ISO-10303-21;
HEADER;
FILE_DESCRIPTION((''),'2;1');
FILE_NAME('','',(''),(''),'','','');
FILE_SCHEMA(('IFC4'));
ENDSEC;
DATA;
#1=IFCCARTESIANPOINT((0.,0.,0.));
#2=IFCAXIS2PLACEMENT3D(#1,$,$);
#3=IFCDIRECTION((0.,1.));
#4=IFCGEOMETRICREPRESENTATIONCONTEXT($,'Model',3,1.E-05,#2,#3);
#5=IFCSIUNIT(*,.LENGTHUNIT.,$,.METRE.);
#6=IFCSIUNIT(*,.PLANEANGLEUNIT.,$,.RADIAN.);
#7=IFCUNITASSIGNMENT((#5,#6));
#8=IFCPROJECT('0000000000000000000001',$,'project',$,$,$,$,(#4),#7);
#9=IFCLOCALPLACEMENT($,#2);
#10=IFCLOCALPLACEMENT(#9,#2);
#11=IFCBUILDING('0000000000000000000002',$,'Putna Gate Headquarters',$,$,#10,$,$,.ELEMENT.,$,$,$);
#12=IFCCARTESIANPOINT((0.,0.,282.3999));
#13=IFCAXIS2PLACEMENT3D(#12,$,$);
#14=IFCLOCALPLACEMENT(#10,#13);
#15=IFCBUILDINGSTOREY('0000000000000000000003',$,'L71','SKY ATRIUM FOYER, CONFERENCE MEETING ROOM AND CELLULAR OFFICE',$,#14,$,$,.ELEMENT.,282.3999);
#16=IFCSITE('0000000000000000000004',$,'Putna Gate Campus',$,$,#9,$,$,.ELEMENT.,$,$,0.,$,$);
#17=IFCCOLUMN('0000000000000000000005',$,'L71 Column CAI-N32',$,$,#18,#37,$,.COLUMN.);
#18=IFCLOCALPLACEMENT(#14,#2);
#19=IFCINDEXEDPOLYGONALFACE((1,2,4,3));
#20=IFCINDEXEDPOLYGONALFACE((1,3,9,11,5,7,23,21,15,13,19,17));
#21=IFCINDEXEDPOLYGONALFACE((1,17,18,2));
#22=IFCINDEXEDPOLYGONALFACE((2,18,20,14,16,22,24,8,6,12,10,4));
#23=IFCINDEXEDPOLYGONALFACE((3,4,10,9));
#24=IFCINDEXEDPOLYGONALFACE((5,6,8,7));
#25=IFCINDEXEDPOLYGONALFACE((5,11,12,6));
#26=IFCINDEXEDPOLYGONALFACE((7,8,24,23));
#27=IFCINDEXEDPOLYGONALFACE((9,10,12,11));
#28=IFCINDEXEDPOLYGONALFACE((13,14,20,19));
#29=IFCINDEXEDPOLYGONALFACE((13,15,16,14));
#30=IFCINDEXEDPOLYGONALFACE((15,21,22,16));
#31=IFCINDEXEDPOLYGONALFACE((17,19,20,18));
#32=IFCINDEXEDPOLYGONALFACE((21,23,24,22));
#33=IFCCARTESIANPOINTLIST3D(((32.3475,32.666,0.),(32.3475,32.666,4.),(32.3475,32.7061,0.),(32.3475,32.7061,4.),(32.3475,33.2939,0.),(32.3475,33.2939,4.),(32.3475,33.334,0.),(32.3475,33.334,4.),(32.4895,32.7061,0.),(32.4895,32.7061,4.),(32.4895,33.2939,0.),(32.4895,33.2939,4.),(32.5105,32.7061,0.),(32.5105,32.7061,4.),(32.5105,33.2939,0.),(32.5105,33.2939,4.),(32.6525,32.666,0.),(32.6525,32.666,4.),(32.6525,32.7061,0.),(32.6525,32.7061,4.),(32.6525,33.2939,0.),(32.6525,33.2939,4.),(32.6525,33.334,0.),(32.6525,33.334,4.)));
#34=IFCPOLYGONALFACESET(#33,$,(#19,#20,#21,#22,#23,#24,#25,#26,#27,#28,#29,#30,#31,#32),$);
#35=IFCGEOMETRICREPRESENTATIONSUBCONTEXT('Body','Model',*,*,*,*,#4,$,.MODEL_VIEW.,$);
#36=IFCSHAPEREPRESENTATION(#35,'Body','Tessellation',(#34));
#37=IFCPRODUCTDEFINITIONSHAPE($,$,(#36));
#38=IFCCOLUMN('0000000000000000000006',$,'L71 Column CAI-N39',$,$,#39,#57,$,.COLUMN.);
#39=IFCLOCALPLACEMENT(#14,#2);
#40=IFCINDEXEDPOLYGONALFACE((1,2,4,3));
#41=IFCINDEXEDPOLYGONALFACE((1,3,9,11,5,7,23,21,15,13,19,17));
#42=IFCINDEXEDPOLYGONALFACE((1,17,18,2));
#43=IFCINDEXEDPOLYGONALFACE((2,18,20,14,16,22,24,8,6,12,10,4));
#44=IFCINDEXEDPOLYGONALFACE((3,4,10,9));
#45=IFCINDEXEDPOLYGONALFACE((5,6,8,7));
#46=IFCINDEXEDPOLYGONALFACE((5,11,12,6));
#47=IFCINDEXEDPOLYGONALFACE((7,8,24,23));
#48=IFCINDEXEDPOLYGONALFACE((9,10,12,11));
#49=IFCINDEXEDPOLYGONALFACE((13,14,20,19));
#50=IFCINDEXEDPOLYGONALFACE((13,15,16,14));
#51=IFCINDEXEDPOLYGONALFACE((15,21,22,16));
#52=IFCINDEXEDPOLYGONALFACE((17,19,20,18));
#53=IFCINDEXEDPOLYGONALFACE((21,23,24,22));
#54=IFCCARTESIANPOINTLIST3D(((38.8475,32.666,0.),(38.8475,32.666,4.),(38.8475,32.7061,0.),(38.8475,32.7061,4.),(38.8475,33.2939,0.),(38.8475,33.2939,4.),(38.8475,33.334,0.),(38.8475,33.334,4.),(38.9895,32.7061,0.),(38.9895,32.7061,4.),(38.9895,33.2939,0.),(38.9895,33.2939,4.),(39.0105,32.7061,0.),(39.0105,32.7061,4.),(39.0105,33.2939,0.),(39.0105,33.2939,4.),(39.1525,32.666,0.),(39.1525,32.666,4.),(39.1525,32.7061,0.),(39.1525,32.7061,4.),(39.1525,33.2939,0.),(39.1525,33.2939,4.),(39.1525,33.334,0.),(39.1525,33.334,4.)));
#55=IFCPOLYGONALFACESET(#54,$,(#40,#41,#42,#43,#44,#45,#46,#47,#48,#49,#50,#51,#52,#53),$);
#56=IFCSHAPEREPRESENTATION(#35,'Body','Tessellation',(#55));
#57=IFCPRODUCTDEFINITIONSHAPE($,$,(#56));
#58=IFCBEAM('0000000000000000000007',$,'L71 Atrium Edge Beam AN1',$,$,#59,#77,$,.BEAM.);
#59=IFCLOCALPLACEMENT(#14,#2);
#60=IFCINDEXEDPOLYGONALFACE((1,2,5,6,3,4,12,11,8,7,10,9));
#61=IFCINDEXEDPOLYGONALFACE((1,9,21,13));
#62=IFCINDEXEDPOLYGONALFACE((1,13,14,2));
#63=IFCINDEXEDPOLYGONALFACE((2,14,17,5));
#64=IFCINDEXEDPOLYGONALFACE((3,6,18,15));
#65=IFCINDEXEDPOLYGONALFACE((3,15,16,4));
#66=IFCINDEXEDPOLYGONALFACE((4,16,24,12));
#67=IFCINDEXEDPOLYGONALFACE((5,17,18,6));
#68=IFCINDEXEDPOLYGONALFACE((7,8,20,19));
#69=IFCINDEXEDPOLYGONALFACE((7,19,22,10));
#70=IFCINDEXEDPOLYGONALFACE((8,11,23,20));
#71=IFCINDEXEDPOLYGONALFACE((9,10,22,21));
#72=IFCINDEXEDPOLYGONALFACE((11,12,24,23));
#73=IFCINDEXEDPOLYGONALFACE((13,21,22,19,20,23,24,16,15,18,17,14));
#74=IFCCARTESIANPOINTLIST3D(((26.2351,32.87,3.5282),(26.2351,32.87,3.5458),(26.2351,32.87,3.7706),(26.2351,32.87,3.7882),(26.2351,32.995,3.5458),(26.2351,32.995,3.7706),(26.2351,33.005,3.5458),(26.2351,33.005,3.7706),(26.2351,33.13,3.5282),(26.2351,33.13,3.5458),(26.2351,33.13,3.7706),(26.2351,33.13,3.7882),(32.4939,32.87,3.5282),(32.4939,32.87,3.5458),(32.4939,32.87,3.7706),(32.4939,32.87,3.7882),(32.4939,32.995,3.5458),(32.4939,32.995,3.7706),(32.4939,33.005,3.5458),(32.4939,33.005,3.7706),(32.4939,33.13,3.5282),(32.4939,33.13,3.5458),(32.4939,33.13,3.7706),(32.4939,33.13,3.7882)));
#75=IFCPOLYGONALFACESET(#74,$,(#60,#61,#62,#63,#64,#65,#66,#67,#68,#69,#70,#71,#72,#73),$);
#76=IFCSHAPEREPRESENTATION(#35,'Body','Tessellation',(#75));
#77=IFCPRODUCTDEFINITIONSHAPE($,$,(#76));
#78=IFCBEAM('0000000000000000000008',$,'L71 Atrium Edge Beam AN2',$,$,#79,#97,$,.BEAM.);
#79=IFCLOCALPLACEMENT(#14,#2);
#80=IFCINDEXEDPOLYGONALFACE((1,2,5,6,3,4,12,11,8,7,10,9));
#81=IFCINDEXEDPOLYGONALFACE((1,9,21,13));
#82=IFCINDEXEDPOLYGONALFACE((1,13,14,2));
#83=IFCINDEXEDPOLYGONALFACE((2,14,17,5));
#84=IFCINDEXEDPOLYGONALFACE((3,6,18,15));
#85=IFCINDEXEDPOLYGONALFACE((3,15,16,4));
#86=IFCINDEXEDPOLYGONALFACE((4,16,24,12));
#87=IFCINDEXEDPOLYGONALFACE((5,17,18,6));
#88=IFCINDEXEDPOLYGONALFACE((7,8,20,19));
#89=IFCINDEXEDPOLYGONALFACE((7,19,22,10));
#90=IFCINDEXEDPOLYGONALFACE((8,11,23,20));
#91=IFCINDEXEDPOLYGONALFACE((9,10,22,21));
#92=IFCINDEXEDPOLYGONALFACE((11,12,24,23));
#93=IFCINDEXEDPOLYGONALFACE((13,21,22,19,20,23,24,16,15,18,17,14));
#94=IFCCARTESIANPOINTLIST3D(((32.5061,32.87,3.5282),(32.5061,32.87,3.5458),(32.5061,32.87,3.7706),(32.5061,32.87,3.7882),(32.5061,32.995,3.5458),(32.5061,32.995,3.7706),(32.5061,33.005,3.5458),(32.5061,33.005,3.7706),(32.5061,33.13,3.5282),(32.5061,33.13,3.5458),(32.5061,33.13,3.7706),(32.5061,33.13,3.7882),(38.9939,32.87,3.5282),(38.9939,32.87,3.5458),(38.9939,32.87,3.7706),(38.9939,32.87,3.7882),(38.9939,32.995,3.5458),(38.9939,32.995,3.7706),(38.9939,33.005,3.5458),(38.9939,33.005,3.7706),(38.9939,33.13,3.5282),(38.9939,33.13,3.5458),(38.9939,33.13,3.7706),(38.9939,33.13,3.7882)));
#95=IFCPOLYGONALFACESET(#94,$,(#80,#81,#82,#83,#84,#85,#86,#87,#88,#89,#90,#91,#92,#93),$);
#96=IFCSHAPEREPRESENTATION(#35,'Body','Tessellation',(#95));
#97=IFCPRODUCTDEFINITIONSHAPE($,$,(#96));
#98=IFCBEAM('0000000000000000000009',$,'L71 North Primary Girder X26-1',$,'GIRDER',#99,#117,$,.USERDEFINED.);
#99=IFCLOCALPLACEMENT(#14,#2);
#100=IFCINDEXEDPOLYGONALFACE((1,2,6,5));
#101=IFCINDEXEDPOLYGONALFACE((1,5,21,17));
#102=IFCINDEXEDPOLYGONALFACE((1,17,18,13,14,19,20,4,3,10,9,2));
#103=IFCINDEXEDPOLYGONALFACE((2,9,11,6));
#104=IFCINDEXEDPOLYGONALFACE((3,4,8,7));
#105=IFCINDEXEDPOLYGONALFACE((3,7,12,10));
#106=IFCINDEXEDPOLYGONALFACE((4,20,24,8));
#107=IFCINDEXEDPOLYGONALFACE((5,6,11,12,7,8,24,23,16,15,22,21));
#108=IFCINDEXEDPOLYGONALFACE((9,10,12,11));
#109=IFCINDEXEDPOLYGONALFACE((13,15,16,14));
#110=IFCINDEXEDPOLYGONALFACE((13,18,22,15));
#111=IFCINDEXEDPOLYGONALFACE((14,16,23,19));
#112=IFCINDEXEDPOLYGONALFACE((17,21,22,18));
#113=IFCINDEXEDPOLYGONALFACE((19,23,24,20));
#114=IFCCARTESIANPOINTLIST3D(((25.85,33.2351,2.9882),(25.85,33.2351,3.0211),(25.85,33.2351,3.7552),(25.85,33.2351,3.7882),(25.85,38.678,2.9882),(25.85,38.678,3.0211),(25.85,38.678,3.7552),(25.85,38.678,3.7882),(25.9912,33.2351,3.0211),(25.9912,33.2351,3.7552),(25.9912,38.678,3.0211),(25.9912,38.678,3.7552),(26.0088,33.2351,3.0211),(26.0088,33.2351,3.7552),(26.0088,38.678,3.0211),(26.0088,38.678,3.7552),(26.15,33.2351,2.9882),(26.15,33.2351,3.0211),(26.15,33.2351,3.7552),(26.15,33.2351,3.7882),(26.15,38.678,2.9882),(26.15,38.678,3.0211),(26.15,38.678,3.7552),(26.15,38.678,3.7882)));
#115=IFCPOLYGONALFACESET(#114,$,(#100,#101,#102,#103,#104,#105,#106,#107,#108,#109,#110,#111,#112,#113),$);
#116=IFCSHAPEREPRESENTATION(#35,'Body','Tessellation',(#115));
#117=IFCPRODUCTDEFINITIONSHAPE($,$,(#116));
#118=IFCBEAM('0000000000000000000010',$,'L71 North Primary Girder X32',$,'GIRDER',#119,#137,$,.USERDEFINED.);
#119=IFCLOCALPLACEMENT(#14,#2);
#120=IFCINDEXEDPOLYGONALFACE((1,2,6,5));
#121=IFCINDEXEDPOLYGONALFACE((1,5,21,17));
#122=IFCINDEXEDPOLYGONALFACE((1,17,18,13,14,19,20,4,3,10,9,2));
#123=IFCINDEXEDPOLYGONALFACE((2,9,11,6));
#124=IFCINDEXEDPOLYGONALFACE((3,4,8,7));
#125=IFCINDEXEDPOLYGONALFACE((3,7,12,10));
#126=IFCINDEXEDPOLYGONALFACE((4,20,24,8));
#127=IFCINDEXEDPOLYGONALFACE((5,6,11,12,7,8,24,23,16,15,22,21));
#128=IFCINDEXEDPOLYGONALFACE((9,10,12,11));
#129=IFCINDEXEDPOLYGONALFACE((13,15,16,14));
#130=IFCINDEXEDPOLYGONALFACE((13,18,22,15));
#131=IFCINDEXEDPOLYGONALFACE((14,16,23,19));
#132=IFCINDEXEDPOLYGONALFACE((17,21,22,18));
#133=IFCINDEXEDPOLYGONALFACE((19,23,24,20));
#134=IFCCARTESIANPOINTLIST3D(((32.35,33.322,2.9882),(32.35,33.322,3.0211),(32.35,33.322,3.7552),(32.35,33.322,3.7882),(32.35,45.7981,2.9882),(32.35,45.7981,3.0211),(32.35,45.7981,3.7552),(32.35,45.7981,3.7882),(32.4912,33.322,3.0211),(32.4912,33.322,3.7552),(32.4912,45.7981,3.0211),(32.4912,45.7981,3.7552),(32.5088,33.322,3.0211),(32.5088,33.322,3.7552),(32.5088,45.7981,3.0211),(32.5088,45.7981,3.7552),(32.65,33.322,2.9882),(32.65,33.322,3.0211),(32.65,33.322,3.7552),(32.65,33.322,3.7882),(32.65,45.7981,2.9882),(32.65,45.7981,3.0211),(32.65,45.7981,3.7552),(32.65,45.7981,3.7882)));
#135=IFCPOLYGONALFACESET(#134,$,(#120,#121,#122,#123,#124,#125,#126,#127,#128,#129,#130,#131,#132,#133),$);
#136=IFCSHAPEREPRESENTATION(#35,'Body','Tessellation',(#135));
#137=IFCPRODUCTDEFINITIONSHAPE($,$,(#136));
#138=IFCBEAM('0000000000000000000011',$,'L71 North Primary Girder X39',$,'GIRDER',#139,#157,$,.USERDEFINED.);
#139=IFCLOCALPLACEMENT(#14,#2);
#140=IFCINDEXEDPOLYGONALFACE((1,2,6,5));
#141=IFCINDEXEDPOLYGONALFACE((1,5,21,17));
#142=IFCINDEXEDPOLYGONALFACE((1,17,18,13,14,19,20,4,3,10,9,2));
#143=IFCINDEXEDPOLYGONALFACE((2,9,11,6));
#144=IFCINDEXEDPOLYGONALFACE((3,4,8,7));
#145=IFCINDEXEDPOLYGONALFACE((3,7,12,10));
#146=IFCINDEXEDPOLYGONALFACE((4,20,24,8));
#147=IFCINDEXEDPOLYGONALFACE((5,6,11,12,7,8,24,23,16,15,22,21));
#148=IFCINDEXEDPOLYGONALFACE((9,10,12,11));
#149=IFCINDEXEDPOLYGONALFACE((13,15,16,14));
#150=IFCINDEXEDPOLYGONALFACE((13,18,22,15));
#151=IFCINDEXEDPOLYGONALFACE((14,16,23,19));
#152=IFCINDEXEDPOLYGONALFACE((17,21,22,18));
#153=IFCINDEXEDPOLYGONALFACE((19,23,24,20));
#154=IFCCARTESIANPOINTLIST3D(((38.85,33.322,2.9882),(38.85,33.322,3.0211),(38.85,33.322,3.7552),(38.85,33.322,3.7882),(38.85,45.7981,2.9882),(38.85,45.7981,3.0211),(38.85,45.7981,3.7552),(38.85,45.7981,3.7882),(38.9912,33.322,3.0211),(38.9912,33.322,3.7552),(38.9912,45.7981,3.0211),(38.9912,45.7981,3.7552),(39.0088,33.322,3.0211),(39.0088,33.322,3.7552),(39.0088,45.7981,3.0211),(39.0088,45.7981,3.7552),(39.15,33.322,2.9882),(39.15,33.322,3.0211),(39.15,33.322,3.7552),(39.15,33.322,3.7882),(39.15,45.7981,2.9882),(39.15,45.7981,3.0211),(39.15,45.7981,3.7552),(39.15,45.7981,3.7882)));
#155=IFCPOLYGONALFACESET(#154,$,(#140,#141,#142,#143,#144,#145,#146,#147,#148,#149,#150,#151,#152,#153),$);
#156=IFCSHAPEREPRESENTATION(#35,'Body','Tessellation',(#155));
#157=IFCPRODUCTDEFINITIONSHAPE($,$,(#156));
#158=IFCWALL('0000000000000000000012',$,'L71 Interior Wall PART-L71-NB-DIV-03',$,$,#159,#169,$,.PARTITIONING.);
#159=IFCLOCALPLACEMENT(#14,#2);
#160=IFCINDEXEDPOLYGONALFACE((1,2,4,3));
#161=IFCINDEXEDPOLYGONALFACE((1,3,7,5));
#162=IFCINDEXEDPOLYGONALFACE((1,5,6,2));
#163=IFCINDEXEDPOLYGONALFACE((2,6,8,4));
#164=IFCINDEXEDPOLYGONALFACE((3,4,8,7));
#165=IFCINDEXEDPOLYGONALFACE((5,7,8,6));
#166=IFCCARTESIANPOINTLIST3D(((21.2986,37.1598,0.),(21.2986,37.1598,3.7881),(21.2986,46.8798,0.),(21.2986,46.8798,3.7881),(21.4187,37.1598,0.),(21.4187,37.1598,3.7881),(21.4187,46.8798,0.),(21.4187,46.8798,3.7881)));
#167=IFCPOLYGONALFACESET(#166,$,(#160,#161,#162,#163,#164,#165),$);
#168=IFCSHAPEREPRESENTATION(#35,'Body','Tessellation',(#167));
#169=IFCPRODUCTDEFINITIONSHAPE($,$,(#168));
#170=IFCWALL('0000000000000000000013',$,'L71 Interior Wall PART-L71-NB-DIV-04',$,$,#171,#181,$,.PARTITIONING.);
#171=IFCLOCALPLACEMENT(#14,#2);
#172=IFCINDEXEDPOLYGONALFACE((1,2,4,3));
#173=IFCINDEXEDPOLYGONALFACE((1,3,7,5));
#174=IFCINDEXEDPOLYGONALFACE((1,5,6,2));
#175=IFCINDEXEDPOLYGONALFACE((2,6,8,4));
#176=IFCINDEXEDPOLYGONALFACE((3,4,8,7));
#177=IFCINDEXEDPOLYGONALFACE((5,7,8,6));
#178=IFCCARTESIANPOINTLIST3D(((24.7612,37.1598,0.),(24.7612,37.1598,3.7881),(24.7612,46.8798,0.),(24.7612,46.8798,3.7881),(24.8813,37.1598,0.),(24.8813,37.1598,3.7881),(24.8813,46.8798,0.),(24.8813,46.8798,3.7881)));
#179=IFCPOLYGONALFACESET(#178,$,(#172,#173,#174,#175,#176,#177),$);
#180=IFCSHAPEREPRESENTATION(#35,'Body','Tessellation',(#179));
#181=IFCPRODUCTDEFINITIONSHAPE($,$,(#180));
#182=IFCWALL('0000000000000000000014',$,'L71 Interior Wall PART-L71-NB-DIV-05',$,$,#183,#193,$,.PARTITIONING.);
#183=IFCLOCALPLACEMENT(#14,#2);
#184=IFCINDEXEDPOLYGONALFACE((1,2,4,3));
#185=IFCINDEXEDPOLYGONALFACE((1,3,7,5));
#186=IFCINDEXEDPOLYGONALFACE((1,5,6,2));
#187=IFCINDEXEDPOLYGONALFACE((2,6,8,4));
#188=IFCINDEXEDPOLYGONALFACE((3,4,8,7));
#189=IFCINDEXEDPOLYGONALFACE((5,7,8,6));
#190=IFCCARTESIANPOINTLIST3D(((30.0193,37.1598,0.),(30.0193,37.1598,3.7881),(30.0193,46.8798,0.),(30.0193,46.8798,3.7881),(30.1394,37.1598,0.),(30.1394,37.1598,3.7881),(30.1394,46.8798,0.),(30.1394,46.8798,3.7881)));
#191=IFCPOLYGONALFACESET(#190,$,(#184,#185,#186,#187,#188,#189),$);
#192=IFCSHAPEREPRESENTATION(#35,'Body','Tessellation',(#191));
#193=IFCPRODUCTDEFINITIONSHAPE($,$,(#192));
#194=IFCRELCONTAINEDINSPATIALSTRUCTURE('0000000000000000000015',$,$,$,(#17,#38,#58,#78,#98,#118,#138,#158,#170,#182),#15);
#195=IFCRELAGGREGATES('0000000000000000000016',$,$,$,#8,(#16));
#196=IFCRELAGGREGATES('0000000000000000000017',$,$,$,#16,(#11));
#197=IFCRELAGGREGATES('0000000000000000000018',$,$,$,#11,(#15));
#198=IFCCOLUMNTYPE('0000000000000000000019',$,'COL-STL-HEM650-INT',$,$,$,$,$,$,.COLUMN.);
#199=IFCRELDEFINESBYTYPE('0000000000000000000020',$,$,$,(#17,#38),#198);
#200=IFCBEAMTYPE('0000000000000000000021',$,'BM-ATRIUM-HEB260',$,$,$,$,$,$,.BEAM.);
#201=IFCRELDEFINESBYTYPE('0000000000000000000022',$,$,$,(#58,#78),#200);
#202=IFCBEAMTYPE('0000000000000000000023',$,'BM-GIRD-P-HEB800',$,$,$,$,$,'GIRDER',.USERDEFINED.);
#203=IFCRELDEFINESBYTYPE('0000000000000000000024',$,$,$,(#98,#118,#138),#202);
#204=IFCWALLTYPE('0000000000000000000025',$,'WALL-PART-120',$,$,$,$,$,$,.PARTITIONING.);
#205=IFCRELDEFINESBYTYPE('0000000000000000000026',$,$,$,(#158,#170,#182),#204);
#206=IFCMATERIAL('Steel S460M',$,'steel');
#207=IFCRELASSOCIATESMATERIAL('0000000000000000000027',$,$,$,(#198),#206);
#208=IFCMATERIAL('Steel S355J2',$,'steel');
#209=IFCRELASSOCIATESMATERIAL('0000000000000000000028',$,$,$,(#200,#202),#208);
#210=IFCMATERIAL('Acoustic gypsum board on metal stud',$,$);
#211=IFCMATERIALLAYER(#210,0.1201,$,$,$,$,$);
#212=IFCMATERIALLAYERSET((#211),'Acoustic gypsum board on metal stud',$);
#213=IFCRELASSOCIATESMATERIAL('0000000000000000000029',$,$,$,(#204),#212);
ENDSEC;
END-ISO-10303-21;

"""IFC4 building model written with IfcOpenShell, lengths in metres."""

from ifc_helpers import new_model, si_unit, direction, frame, frame_2d, origin, origin_2d, place, context, subcontext, project, spatial, rectangle, i_section, extrude, material, layer, layer_set, material_profile, profile_set, type_object, element, save


model = new_model("IFC4")

# Units and contexts
model_context = context("Model", 3, precision=1e-05, world=origin(), true_north=direction((0.0, 1.0)))
body_context = subcontext(model_context, "Body", "Model", "MODEL_VIEW")
ifc_project = project(units=[si_unit("LENGTHUNIT", "METRE"), si_unit("PLANEANGLEUNIT", "RADIAN")], contexts=[model_context])

# Site, building, storey
site_placement = place(None, origin())
site = spatial("IfcSite", under=ifc_project, at=site_placement, Name="Putna Gate Campus", CompositionType="ELEMENT", RefElevation=0.0)
building_placement = place(site_placement, origin())
building = spatial("IfcBuilding", under=site, at=building_placement, Name="Putna Gate Headquarters", CompositionType="ELEMENT")
storey_placement = place(building_placement, frame((0.0, 0.0, 282.3999)))
storey = spatial("IfcBuildingStorey", under=building, at=storey_placement, Name="L71", Description="SKY ATRIUM FOYER, CONFERENCE MEETING ROOM AND CELLULAR OFFICE", CompositionType="ELEMENT", Elevation=282.3999)

# Columns
ifc_material_1 = material(Name="Steel S460M", Category="steel")
ifc_material_profile_1 = material_profile(ifc_material_1, i_section(OverallWidth=0.3049, OverallDepth=0.668, WebThickness=0.021, FlangeThickness=0.04, at=origin_2d()), Name="Steel S460M")
ifc_profile_set_1 = profile_set([ifc_material_profile_1], Name="Steel S460M")
column_type = type_object("IfcColumnType", Name="COL-STL-HEM650-INT", PredefinedType="COLUMN", material=ifc_profile_set_1)
for number, where, z_axis, x_axis, name in (
    (1, (32.5, 33.0, 0.0), (0.0, 0.0, 1.0), (1.0, 0.0, 0.0), "L71 Column CAI-N32"),
    (2, (39.0, 33.0, 0.0), (0.0, 0.0, 1.0), (1.0, 0.0, 0.0), "L71 Column CAI-N39"),
):
    element("IfcColumn", number, at=place(storey_placement, frame(where, z_axis=z_axis, x_axis=x_axis)), inside=storey, type_object=column_type, Name=name, PredefinedType="COLUMN", context=body_context, shape_type="SweptSolid", body=[
        extrude(i_section(OverallWidth=0.3049, OverallDepth=0.668, WebThickness=0.021, FlangeThickness=0.04, at=origin_2d()), origin(), (0.0, 0.0, 1.0), 4.0),
    ])

# Beams
ifc_material_2 = material(Name="Steel S355J2", Category="steel")
ifc_material_profile_2 = material_profile(ifc_material_2, i_section(OverallWidth=0.26, OverallDepth=0.26, WebThickness=0.01, FlangeThickness=0.0176, at=origin_2d()), Name="Steel S355J2")
ifc_profile_set_2 = profile_set([ifc_material_profile_2], Name="Steel S355J2")
beam_type_1 = type_object("IfcBeamType", Name="BM-ATRIUM-HEB260", PredefinedType="BEAM", material=ifc_profile_set_2)
beam_1_placement = place(storey_placement, frame((26.2351, 33.0, 3.6582), z_axis=(1.0, 0.0, 0.0), x_axis=(0.0, 1.0, 0.0)))
element("IfcBeam", 3, at=beam_1_placement, inside=storey, type_object=beam_type_1, Name="L71 Atrium Edge Beam AN1", PredefinedType="BEAM", context=body_context, shape_type="SweptSolid", body=[
    extrude(i_section(OverallWidth=0.26, OverallDepth=0.26, WebThickness=0.01, FlangeThickness=0.0176, at=origin_2d()), origin(), (0.0, 0.0, 1.0), 6.2588),
])
beam_2_placement = place(storey_placement, frame((32.5061, 33.0, 3.6582), z_axis=(1.0, 0.0, 0.0), x_axis=(0.0, 1.0, 0.0)))
element("IfcBeam", 4, at=beam_2_placement, inside=storey, type_object=beam_type_1, Name="L71 Atrium Edge Beam AN2", PredefinedType="BEAM", context=body_context, shape_type="SweptSolid", body=[
    extrude(i_section(OverallWidth=0.26, OverallDepth=0.26, WebThickness=0.01, FlangeThickness=0.0176, at=origin_2d()), origin(), (0.0, 0.0, 1.0), 6.4878),
])
ifc_material_profile_3 = material_profile(ifc_material_2, i_section(OverallWidth=0.3, OverallDepth=0.8, WebThickness=0.0176, FlangeThickness=0.033, at=origin_2d()), Name="Steel S355J2")
ifc_profile_set_3 = profile_set([ifc_material_profile_3], Name="Steel S355J2")
beam_type_2 = type_object("IfcBeamType", Name="BM-GIRD-P-HEB800", ElementType="GIRDER", PredefinedType="USERDEFINED", material=ifc_profile_set_3)
beam_3_placement = place(storey_placement, frame((26.0, 33.2351, 3.3882), z_axis=(0.0, 1.0, 0.0), x_axis=(-1.0, 0.0, 0.0)))
element("IfcBeam", 5, at=beam_3_placement, inside=storey, type_object=beam_type_2, Name="L71 North Primary Girder X26-1", ObjectType="GIRDER", PredefinedType="USERDEFINED", context=body_context, shape_type="SweptSolid", body=[
    extrude(i_section(OverallWidth=0.3, OverallDepth=0.8, WebThickness=0.0176, FlangeThickness=0.033, at=origin_2d()), origin(), (0.0, 0.0, 1.0), 5.4429),
])
for number, where, z_axis, x_axis, name in (
    (6, (32.5, 33.322, 3.3882), (0.0, 1.0, 0.0), (-1.0, 0.0, 0.0), "L71 North Primary Girder X32"),
    (7, (39.0, 33.322, 3.3882), (0.0, 1.0, 0.0), (-1.0, 0.0, 0.0), "L71 North Primary Girder X39"),
):
    element("IfcBeam", number, at=place(storey_placement, frame(where, z_axis=z_axis, x_axis=x_axis)), inside=storey, type_object=beam_type_2, Name=name, ObjectType="GIRDER", PredefinedType="USERDEFINED", context=body_context, shape_type="SweptSolid", body=[
        extrude(i_section(OverallWidth=0.3, OverallDepth=0.8, WebThickness=0.0176, FlangeThickness=0.033, at=origin_2d()), origin(), (0.0, 0.0, 1.0), 12.4761),
    ])

# Walls
ifc_material_3 = material(Name="Acoustic gypsum board on metal stud")
ifc_layer_1 = layer(ifc_material_3, 0.1201)
ifc_layer_set_1 = layer_set([ifc_layer_1], Name="Acoustic gypsum board on metal stud")
wall_type_1 = type_object("IfcWallType", Name="WALL-PART-120", PredefinedType="PARTITIONING", material=ifc_layer_set_1)
for number, where, z_axis, x_axis, name in (
    (8, (21.3586, 37.1599, 0.0), (0.0, 0.0, 1.0), (0.0, 1.0, 0.0), "L71 Interior Wall PART-L71-NB-DIV-03"),
    (9, (24.8213, 37.1599, 0.0), (0.0, 0.0, 1.0), (0.0, 1.0, 0.0), "L71 Interior Wall PART-L71-NB-DIV-04"),
    (10, (30.0793, 37.1599, 0.0), (0.0, 0.0, 1.0), (0.0, 1.0, 0.0), "L71 Interior Wall PART-L71-NB-DIV-05"),
):
    element("IfcWall", number, at=place(storey_placement, frame(where, z_axis=z_axis, x_axis=x_axis)), inside=storey, type_object=wall_type_1, Name=name, PredefinedType="PARTITIONING", context=body_context, shape_type="SweptSolid", body=[
        extrude(rectangle(XDim=9.72, YDim=0.1201, at=frame_2d((4.8599, 0.0))), origin(), (0.0, 0.0, 1.0), 3.7881),
    ])

save(model, "model.ifc")
